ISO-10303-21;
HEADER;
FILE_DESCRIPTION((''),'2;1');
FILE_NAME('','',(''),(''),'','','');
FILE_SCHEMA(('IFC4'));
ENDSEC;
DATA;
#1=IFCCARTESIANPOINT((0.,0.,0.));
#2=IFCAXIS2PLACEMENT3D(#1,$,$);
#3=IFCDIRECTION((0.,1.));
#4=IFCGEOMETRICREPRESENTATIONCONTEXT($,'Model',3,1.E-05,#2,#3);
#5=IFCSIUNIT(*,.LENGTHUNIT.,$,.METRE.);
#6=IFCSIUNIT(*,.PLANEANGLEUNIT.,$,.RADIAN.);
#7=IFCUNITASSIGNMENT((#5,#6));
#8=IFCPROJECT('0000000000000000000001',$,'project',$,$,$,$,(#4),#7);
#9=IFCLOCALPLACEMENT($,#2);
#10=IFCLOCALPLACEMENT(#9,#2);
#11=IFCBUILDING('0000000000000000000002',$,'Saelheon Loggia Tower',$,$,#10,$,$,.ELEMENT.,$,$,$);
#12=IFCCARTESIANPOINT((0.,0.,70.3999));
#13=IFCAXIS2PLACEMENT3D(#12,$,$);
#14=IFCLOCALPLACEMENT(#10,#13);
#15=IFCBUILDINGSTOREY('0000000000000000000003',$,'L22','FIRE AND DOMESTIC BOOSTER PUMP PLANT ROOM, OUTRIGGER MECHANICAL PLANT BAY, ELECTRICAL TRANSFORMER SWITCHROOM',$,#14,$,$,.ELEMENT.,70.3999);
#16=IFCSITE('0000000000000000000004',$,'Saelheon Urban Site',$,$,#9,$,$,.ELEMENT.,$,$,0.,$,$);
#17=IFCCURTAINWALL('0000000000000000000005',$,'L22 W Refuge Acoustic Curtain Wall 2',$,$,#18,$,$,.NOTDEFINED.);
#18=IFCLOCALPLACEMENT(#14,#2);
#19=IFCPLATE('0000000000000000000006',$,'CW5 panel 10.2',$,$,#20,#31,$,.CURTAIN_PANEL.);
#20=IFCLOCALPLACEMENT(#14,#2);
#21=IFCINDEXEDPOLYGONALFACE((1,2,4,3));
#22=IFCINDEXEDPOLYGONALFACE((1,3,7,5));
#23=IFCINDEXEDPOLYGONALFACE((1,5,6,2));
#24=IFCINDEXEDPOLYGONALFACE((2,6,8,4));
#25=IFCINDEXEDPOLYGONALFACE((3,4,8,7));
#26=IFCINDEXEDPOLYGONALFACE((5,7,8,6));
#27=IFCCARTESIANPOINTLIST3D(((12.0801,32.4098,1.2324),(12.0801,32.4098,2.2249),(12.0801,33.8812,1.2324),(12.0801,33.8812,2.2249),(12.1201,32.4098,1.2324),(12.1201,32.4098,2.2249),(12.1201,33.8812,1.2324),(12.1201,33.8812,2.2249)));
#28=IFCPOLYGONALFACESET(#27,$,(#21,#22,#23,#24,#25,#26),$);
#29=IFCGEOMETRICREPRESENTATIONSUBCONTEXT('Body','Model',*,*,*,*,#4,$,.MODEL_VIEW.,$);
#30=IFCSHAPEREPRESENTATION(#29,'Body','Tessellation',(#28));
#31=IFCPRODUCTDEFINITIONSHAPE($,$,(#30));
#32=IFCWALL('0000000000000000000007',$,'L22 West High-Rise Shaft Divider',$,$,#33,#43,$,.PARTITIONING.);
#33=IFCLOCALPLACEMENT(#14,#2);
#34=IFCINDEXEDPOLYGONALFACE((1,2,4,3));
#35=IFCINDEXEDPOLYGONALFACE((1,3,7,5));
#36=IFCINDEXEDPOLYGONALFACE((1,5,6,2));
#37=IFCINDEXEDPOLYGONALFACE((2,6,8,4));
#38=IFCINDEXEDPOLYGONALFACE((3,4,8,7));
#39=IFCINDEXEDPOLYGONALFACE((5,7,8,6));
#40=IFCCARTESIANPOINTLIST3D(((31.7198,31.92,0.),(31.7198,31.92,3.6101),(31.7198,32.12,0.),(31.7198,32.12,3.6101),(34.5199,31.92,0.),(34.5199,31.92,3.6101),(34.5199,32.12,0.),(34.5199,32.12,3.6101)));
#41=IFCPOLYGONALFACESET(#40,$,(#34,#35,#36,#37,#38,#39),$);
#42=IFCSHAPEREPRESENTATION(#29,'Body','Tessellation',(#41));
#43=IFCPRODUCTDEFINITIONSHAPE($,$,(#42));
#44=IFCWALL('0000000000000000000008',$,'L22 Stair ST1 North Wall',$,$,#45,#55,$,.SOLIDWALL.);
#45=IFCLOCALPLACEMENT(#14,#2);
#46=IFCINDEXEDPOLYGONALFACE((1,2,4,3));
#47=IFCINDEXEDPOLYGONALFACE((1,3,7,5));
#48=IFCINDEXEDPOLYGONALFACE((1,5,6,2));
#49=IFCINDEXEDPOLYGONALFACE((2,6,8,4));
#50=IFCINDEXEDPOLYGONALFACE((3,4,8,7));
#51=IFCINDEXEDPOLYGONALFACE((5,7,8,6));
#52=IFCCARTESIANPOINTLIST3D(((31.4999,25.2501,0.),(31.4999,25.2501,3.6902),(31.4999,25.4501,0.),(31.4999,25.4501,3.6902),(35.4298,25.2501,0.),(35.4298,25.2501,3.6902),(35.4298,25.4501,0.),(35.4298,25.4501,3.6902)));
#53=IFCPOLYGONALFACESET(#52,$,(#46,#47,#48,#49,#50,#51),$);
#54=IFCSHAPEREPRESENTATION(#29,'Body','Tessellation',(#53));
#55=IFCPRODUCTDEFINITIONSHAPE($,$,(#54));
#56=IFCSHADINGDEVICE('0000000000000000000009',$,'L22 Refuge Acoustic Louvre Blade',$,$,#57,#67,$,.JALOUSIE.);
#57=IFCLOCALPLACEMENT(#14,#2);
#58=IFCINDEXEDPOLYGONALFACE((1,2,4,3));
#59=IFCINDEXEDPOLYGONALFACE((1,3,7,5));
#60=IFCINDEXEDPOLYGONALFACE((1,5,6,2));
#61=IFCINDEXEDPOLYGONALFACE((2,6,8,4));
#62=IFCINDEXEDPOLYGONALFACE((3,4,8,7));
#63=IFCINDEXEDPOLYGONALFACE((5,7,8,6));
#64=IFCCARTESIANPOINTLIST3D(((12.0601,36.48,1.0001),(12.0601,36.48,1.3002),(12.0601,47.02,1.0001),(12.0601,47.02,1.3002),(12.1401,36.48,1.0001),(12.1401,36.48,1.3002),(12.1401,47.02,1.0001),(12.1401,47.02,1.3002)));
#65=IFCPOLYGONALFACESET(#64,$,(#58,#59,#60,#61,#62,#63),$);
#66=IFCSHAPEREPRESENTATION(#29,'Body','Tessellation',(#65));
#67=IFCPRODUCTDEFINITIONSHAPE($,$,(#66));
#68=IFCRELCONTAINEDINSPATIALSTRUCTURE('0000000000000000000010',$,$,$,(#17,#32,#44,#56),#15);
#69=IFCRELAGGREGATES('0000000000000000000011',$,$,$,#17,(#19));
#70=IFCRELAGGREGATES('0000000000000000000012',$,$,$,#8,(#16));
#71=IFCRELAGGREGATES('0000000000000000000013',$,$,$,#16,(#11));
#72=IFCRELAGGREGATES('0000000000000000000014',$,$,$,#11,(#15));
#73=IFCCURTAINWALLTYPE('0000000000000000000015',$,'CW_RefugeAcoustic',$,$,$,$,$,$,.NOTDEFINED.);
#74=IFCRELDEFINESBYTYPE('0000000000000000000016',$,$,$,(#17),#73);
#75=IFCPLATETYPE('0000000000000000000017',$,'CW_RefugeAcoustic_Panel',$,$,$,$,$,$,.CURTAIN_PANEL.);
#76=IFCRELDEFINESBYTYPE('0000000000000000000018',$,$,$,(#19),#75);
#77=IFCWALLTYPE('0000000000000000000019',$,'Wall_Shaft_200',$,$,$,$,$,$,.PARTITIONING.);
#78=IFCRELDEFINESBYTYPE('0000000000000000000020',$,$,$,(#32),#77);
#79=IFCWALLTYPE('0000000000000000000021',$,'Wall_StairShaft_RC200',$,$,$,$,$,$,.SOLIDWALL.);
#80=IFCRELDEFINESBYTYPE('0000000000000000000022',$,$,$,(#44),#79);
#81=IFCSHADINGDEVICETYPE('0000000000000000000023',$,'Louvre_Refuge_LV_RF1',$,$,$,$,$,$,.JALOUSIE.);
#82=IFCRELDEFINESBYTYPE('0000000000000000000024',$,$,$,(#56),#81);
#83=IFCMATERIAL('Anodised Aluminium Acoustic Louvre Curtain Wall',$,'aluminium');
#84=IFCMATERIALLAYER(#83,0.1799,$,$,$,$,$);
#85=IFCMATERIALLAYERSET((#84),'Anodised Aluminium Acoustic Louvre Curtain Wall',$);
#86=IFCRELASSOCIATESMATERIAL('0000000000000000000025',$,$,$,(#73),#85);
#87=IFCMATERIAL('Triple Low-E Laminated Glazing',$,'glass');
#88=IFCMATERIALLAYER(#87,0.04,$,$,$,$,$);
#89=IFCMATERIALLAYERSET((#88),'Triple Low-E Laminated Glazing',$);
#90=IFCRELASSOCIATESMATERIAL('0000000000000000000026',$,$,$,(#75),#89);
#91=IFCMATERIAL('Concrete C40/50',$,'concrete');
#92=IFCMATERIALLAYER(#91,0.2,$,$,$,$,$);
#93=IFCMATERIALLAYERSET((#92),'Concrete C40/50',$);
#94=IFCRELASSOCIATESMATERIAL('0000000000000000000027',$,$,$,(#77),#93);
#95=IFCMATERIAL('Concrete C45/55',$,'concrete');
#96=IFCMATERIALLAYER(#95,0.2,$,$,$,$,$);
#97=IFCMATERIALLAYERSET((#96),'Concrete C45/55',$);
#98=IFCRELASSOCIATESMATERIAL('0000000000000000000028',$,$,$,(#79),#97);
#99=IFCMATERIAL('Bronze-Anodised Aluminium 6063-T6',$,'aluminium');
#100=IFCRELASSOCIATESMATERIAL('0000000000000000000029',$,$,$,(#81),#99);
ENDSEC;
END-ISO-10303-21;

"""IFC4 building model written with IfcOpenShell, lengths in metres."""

from ifc_helpers import new_model, si_unit, direction, frame, frame_2d, origin, origin_2d, place, context, subcontext, project, spatial, rectangle, extrude, source, transform, mapped, material, layer, layer_set, material_profile, profile_set, type_object, element, aggregate, save


model = new_model("IFC4")

# Units and contexts
model_context = context("Model", 3, precision=1e-05, world=origin(), true_north=direction((0.0, 1.0)))
body_context = subcontext(model_context, "Body", "Model", "MODEL_VIEW")
ifc_project = project(units=[si_unit("LENGTHUNIT", "METRE"), si_unit("PLANEANGLEUNIT", "RADIAN")], contexts=[model_context])

# Site, building, storey
site_placement = place(None, origin())
site = spatial("IfcSite", under=ifc_project, at=site_placement, Name="Saelheon Urban Site", CompositionType="ELEMENT", RefElevation=0.0)
building_placement = place(site_placement, origin())
building = spatial("IfcBuilding", under=site, at=building_placement, Name="Saelheon Loggia Tower", CompositionType="ELEMENT")
storey_placement = place(building_placement, frame((0.0, 0.0, 70.3999)))
storey = spatial("IfcBuildingStorey", under=building, at=storey_placement, Name="L22", Description="FIRE AND DOMESTIC BOOSTER PUMP PLANT ROOM, OUTRIGGER MECHANICAL PLANT BAY, ELECTRICAL TRANSFORMER SWITCHROOM", CompositionType="ELEMENT", Elevation=70.3999)

# Curtain wall
ifc_material_1 = material(Name="Anodised Aluminium Acoustic Louvre Curtain Wall", Category="aluminium")
ifc_layer_1 = layer(ifc_material_1, 0.1799)
ifc_layer_set_1 = layer_set([ifc_layer_1], Name="Anodised Aluminium Acoustic Louvre Curtain Wall")
curtain_wall_type = type_object("IfcCurtainWallType", Name="CW_RefugeAcoustic", PredefinedType="NOTDEFINED", material=ifc_layer_set_1)
curtain_wall_placement = place(storey_placement, origin())
curtain_wall = element("IfcCurtainWall", 1, at=curtain_wall_placement, inside=storey, type_object=curtain_wall_type, Name="L22 W Refuge Acoustic Curtain Wall 2", PredefinedType="NOTDEFINED")

# Plate
ifc_material_2 = material(Name="Triple Low-E Laminated Glazing", Category="glass")
ifc_layer_2 = layer(ifc_material_2, 0.04)
ifc_layer_set_2 = layer_set([ifc_layer_2], Name="Triple Low-E Laminated Glazing")
plate_type_1 = type_object("IfcPlateType", Name="CW_RefugeAcoustic_Panel", PredefinedType="CURTAIN_PANEL", material=ifc_layer_set_2)
shared_shape_1 = source(origin(), body_context, "Body", "SweptSolid", [
    extrude(rectangle(XDim=1.4714, YDim=0.04, at=origin_2d()), origin(), (0.0, 0.0, 1.0), 0.9924),
])
plate_1_placement = place(storey_placement, frame((12.1001, 33.1455, 1.2324), z_axis=(0.0, 0.0, 1.0), x_axis=(0.0, 1.0, 0.0)))
plate_1 = element("IfcPlate", 2, at=plate_1_placement, type_object=plate_type_1, Name="CW5 panel 10.2", PredefinedType="CURTAIN_PANEL", context=body_context, shape_type="MappedRepresentation", body=[
    mapped(shared_shape_1, transform((0.0, 0.0, 0.0), scale=1.0)),
])
aggregate(curtain_wall, [plate_1])

# Walls
ifc_material_3 = material(Name="Concrete C40/50", Category="concrete")
ifc_layer_3 = layer(ifc_material_3, 0.2)
ifc_layer_set_3 = layer_set([ifc_layer_3], Name="Concrete C40/50")
wall_type_1 = type_object("IfcWallType", Name="Wall_Shaft_200", PredefinedType="PARTITIONING", material=ifc_layer_set_3)
wall_1_placement = place(storey_placement, frame((31.72, 32.02, 0.0), z_axis=(0.0, 0.0, 1.0), x_axis=(1.0, 0.0, 0.0)))
element("IfcWall", 3, at=wall_1_placement, inside=storey, type_object=wall_type_1, Name="L22 West High-Rise Shaft Divider", PredefinedType="PARTITIONING", context=body_context, shape_type="SweptSolid", body=[
    extrude(rectangle(XDim=2.8, YDim=0.2, at=frame_2d((1.3999, 0.0))), origin(), (0.0, 0.0, 1.0), 3.6101),
])
ifc_material_4 = material(Name="Concrete C45/55", Category="concrete")
ifc_layer_4 = layer(ifc_material_4, 0.2)
ifc_layer_set_4 = layer_set([ifc_layer_4], Name="Concrete C45/55")
wall_type_2 = type_object("IfcWallType", Name="Wall_StairShaft_RC200", PredefinedType="SOLIDWALL", material=ifc_layer_set_4)
wall_2_placement = place(storey_placement, frame((31.5, 25.3501, 0.0), z_axis=(0.0, 0.0, 1.0), x_axis=(1.0, 0.0, 0.0)))
element("IfcWall", 4, at=wall_2_placement, inside=storey, type_object=wall_type_2, Name="L22 Stair ST1 North Wall", PredefinedType="SOLIDWALL", context=body_context, shape_type="SweptSolid", body=[
    extrude(rectangle(XDim=3.9299, YDim=0.2, at=frame_2d((1.9648, 0.0))), origin(), (0.0, 0.0, 1.0), 3.6902),
])

# Shading device
ifc_material_5 = material(Name="Bronze-Anodised Aluminium 6063-T6", Category="aluminium")
ifc_material_profile_1 = material_profile(ifc_material_5, rectangle(XDim=0.0801, YDim=0.3, at=origin_2d()), Name="Louvre_Refuge_LV_RF1")
ifc_profile_set_1 = profile_set([ifc_material_profile_1], Name="Bronze-Anodised Aluminium 6063-T6")
shading_device_type = type_object("IfcShadingDeviceType", Name="Louvre_Refuge_LV_RF1", PredefinedType="JALOUSIE", material=ifc_profile_set_1)
shared_shape_2 = source(origin(), body_context, "Body", "SweptSolid", [
    extrude(rectangle(XDim=0.0801, YDim=0.3, at=origin_2d()), origin(), (0.0, 0.0, 1.0), 10.54),
])
shading_device_placement = place(storey_placement, frame((12.1001, 36.48, 1.1501), z_axis=(0.0, 1.0, 0.0), x_axis=(-1.0, 0.0, 0.0)))
element("IfcShadingDevice", 5, at=shading_device_placement, inside=storey, type_object=shading_device_type, Name="L22 Refuge Acoustic Louvre Blade", PredefinedType="JALOUSIE", context=body_context, shape_type="MappedRepresentation", body=[
    mapped(shared_shape_2, transform((0.0, 0.0, 0.0), scale=1.0)),
])

save(model, "model.ifc")
